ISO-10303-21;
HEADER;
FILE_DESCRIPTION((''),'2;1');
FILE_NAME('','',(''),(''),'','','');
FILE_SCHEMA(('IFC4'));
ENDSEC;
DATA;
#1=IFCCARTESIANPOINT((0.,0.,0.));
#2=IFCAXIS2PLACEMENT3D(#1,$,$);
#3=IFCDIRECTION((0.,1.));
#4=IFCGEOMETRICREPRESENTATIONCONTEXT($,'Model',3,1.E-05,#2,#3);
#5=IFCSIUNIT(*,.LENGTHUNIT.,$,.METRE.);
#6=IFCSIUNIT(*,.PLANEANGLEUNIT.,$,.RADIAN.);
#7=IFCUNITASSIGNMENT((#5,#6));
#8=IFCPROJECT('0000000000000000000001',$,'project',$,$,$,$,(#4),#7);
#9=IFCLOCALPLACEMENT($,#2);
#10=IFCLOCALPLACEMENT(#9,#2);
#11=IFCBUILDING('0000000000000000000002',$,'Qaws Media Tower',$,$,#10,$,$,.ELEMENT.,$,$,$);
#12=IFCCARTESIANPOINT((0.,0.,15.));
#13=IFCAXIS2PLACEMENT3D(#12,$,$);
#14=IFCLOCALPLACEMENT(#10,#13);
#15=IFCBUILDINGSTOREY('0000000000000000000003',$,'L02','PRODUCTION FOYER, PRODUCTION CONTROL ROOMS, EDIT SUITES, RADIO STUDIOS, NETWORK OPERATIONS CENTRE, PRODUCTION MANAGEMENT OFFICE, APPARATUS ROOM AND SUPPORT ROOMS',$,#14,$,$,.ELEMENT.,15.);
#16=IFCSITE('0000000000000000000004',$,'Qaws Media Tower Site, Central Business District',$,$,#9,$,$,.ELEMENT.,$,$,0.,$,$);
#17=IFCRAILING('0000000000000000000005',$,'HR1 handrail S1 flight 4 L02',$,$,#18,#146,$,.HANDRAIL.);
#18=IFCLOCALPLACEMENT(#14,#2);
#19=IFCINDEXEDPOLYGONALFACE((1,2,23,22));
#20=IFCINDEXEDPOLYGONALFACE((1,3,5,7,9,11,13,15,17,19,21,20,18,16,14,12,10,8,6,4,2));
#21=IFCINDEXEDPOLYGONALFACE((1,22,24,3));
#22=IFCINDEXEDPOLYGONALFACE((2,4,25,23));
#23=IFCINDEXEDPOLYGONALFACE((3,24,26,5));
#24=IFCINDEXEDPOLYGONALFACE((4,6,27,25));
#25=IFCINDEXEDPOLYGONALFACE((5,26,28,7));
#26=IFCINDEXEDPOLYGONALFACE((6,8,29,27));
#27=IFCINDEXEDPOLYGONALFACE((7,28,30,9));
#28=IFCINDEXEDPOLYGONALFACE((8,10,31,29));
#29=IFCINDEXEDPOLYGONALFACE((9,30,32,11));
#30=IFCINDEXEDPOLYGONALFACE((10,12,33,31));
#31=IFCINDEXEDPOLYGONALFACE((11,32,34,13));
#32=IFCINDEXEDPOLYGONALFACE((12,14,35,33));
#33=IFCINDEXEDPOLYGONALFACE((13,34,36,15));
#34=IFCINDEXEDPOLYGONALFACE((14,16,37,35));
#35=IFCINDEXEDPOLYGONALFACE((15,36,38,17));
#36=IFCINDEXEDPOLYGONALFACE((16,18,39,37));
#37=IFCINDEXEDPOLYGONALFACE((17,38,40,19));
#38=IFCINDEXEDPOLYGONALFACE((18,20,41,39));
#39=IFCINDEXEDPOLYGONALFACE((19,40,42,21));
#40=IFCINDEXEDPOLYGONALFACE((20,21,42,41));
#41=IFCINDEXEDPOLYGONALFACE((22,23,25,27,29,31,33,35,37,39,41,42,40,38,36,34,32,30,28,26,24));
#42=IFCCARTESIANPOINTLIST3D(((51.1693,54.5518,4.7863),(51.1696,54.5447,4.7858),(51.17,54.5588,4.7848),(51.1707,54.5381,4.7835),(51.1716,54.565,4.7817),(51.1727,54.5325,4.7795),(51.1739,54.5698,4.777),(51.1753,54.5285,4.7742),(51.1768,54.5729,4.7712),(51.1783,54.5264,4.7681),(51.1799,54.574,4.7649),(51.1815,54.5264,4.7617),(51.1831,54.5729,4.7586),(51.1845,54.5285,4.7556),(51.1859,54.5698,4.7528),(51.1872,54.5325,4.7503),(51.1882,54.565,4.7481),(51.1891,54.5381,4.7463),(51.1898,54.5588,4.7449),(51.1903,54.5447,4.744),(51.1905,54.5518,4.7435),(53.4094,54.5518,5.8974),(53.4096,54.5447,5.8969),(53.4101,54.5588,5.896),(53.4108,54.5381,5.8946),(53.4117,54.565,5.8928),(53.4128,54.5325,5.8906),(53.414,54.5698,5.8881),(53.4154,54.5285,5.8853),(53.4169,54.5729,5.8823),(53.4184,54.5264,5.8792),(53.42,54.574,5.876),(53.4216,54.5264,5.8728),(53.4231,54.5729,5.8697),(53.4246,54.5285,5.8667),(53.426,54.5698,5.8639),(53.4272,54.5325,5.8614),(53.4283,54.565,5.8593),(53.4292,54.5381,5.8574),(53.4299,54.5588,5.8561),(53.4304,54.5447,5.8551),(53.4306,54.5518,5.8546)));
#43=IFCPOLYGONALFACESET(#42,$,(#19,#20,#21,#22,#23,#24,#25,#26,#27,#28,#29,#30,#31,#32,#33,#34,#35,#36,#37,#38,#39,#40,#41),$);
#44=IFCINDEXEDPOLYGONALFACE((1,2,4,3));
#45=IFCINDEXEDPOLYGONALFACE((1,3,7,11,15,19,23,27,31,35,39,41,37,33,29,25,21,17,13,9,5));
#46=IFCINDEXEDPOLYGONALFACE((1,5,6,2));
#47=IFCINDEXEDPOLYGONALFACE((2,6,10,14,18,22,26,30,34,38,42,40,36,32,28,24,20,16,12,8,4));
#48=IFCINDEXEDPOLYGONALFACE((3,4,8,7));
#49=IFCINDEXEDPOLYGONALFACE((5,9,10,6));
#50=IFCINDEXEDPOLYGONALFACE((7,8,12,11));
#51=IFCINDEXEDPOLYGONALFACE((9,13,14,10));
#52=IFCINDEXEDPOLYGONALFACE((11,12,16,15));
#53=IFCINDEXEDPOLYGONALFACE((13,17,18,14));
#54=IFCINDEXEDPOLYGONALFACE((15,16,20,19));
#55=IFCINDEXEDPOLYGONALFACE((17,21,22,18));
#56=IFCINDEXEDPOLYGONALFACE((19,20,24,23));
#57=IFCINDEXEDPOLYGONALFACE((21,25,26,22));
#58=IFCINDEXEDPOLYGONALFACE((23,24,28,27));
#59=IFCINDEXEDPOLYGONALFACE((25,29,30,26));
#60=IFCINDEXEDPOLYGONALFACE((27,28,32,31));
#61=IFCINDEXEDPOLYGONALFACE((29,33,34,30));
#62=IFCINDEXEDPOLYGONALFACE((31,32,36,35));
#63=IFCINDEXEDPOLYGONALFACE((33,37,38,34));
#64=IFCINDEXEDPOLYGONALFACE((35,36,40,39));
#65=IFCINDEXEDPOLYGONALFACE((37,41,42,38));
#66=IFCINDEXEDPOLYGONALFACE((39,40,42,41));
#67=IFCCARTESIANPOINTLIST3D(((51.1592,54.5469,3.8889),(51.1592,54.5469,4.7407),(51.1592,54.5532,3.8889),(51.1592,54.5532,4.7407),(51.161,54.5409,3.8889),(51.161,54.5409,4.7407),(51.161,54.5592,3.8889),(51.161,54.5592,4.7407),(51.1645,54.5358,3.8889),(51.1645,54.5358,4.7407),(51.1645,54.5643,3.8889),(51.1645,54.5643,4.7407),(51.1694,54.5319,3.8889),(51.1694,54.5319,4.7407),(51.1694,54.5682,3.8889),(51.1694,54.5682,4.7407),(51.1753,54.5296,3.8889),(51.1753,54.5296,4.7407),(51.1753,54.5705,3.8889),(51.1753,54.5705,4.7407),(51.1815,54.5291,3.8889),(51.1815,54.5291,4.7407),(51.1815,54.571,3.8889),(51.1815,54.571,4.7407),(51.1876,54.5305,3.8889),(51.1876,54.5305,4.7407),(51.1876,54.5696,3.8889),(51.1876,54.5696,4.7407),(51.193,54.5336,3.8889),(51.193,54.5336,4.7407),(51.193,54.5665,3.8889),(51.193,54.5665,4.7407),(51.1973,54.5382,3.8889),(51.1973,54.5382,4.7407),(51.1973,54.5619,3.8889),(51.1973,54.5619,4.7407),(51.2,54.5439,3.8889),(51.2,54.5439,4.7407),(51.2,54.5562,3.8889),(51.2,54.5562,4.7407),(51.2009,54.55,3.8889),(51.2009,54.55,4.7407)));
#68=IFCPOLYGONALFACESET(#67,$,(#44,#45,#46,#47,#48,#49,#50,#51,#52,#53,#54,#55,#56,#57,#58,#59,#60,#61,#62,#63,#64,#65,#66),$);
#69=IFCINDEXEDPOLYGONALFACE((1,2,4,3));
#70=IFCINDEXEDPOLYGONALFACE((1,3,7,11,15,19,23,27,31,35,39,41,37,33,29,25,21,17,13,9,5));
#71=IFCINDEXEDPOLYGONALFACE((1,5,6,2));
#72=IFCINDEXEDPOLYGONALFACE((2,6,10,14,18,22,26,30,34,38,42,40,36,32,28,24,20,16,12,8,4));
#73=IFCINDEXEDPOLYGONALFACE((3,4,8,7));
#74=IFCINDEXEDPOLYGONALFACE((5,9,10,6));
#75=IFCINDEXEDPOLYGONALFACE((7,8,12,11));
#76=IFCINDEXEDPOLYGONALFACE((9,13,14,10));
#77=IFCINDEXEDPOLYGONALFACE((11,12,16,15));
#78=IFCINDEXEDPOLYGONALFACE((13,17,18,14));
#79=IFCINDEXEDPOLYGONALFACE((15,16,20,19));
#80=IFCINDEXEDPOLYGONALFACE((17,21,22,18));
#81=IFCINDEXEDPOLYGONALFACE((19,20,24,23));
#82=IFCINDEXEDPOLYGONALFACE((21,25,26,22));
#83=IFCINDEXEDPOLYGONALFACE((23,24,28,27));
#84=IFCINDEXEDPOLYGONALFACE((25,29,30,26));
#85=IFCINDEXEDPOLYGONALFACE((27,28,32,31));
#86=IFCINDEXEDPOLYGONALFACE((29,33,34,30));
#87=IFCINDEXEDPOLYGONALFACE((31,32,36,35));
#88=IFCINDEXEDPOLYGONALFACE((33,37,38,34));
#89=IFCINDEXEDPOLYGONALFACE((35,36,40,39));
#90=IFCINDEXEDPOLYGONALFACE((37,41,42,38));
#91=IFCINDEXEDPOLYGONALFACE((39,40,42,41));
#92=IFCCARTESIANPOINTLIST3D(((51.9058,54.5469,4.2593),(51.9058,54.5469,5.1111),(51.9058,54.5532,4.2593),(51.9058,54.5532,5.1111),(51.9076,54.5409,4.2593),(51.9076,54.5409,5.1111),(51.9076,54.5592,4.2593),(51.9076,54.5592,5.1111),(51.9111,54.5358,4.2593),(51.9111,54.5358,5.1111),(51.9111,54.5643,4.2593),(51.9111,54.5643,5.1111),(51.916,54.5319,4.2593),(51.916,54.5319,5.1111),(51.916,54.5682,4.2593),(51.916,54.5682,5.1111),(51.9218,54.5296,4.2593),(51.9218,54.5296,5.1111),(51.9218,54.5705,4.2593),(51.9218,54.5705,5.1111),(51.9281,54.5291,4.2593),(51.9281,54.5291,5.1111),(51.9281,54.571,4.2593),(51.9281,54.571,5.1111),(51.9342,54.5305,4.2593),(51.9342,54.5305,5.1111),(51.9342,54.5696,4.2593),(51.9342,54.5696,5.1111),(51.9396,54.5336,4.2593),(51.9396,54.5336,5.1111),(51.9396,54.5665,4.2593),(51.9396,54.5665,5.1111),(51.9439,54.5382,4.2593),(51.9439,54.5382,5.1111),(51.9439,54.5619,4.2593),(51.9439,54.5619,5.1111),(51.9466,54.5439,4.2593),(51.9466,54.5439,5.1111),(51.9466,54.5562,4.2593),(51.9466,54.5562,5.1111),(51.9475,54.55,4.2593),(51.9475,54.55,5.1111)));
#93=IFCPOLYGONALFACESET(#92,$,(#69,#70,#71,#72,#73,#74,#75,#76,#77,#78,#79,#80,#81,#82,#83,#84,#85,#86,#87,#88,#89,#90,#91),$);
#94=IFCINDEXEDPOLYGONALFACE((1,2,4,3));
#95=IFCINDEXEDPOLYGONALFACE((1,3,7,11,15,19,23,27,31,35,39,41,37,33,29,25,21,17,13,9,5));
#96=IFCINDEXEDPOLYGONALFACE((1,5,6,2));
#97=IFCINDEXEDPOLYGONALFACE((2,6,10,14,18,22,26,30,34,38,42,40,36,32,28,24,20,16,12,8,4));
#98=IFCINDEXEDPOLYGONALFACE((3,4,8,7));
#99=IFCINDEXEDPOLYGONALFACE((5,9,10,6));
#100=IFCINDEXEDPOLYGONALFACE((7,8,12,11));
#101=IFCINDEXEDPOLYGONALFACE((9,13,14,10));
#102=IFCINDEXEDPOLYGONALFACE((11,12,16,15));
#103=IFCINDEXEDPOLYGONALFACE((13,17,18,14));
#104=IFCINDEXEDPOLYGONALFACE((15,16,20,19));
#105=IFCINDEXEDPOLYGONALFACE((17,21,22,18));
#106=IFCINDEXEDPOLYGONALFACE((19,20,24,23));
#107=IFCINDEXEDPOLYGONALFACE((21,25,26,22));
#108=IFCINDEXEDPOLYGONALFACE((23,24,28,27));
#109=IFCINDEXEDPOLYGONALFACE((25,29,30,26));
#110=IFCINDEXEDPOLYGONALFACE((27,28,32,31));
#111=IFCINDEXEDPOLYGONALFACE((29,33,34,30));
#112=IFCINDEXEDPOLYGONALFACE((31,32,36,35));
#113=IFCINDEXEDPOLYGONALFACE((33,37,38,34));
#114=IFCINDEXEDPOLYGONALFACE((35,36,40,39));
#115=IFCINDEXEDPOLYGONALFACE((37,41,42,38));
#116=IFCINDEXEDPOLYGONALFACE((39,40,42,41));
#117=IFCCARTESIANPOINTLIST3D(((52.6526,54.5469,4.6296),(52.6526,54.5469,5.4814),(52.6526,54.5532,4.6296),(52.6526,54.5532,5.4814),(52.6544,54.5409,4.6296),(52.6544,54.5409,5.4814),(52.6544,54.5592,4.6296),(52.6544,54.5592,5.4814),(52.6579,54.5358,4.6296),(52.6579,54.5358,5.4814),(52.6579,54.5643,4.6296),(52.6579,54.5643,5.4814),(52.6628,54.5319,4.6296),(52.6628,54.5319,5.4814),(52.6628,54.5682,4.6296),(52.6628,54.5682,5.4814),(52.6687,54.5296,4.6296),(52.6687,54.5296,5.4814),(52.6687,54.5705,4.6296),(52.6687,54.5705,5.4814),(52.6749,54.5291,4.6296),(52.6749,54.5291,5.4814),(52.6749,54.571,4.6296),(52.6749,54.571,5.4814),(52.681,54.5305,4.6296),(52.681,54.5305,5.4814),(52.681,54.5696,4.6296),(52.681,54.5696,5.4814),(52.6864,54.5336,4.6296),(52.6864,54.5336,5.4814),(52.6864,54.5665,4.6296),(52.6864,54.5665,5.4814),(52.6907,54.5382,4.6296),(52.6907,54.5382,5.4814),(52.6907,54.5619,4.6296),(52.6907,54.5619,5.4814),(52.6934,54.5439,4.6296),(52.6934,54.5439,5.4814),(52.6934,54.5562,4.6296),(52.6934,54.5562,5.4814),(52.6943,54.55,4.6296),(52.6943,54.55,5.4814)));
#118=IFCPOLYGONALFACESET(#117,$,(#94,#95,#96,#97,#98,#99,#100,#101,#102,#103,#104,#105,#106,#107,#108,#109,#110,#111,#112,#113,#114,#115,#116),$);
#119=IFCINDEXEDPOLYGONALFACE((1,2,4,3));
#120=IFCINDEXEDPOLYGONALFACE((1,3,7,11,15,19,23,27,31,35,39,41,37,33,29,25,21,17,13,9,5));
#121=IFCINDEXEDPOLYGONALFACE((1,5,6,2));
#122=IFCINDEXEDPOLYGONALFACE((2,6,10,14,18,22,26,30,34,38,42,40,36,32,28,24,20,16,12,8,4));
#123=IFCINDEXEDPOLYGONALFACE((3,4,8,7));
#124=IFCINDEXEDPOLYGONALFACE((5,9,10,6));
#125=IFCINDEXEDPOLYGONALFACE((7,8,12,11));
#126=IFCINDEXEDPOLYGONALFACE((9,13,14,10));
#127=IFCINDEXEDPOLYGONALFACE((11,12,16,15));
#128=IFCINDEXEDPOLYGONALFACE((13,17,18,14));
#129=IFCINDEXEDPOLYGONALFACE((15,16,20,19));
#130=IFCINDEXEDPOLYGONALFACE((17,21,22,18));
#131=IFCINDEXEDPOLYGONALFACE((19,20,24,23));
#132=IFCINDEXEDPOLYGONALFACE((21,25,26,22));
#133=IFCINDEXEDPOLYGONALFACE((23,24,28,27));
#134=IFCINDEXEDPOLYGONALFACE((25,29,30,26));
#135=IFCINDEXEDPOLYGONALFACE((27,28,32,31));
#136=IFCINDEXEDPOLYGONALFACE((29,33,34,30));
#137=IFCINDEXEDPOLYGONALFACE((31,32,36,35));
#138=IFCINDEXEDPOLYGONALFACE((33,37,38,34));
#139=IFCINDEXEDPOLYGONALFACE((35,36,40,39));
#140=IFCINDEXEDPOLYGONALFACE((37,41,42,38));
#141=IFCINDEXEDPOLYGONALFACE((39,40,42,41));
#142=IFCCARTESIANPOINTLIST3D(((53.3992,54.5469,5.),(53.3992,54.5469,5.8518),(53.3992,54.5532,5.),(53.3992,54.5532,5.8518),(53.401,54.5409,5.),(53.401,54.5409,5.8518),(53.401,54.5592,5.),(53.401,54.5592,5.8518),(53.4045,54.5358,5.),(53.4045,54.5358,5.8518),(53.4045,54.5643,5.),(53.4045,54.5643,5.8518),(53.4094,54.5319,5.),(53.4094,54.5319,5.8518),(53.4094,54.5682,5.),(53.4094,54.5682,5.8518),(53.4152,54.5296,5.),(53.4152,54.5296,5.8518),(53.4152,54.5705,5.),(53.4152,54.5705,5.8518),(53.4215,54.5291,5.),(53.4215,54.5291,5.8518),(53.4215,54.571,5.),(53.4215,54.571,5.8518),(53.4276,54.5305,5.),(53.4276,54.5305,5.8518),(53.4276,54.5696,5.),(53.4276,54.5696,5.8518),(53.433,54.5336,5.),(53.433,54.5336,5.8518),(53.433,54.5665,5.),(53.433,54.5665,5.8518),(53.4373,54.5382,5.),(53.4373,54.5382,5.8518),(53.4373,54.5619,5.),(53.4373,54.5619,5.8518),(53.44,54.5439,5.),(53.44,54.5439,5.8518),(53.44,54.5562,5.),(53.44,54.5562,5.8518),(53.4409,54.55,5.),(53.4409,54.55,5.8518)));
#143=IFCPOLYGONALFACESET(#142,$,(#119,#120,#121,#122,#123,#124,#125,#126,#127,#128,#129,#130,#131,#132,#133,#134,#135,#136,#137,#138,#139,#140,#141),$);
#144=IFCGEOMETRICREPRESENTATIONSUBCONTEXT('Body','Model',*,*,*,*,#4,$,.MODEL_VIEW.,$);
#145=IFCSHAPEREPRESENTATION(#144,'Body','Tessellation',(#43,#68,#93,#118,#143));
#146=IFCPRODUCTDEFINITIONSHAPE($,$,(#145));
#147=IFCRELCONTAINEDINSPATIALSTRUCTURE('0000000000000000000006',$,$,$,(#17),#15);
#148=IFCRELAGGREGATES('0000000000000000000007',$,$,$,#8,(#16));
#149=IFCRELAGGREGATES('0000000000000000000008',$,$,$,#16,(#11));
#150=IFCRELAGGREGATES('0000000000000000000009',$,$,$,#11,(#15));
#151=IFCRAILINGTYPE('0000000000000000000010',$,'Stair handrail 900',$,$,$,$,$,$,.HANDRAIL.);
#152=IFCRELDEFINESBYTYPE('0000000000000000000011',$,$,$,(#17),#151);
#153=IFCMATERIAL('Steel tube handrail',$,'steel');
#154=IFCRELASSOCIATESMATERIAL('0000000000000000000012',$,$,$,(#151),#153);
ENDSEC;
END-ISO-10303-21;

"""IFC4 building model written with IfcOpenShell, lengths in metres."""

from ifc_helpers import new_model, si_unit, direction, frame, origin, origin_2d, place, context, subcontext, project, spatial, circle, extrude, material, type_object, element, save


model = new_model("IFC4")

# Units and contexts
model_context = context("Model", 3, precision=1e-05, world=origin(), true_north=direction((0.0, 1.0)))
body_context = subcontext(model_context, "Body", "Model", "MODEL_VIEW")
ifc_project = project(units=[si_unit("LENGTHUNIT", "METRE"), si_unit("PLANEANGLEUNIT", "RADIAN")], contexts=[model_context])

# Site, building, storey
site_placement = place(None, origin())
site = spatial("IfcSite", under=ifc_project, at=site_placement, Name="Qaws Media Tower Site, Central Business District", CompositionType="ELEMENT", RefElevation=0.0)
building_placement = place(site_placement, origin())
building = spatial("IfcBuilding", under=site, at=building_placement, Name="Qaws Media Tower", CompositionType="ELEMENT")
storey_placement = place(building_placement, frame((0.0, 0.0, 15.0)))
storey = spatial("IfcBuildingStorey", under=building, at=storey_placement, Name="L02", Description="PRODUCTION FOYER, PRODUCTION CONTROL ROOMS, EDIT SUITES, RADIO STUDIOS, NETWORK OPERATIONS CENTRE, PRODUCTION MANAGEMENT OFFICE, APPARATUS ROOM AND SUPPORT ROOMS", CompositionType="ELEMENT", Elevation=15.0)

# Railing
ifc_material_1 = material(Name="Steel tube handrail", Category="steel")
railing_type = type_object("IfcRailingType", Name="Stair handrail 900", PredefinedType="HANDRAIL", material=ifc_material_1)
for number, where, name in (
    (1, (51.1799, 54.55, 3.8889), "HR1 handrail S1 flight 4 L02"),
):
    element("IfcRailing", number, at=place(storey_placement, frame(where)), inside=storey, type_object=railing_type, Name=name, PredefinedType="HANDRAIL", context=body_context, shape_type="SweptSolid", body=[
        extrude(circle(Radius=0.0239, at=origin_2d()), frame((0.0, 0.0, 0.876), z_axis=(0.895848, 0.0, 0.44436), x_axis=(0.0, 1.0, 0.0)), (0.0, 0.0, 1.0), 2.5005),
        extrude(circle(Radius=0.021, at=origin_2d()), origin(), (0.0, 0.0, 1.0), 0.8518),
        extrude(circle(Radius=0.021, at=origin_2d()), frame((0.7466, 0.0, 0.3704)), (0.0, 0.0, 1.0), 0.8518),
        extrude(circle(Radius=0.021, at=origin_2d()), frame((1.4934, 0.0, 0.7407)), (0.0, 0.0, 1.0), 0.8518),
        extrude(circle(Radius=0.021, at=origin_2d()), frame((2.24, 0.0, 1.1111)), (0.0, 0.0, 1.0), 0.8518),
    ])

save(model, "model.ifc")
